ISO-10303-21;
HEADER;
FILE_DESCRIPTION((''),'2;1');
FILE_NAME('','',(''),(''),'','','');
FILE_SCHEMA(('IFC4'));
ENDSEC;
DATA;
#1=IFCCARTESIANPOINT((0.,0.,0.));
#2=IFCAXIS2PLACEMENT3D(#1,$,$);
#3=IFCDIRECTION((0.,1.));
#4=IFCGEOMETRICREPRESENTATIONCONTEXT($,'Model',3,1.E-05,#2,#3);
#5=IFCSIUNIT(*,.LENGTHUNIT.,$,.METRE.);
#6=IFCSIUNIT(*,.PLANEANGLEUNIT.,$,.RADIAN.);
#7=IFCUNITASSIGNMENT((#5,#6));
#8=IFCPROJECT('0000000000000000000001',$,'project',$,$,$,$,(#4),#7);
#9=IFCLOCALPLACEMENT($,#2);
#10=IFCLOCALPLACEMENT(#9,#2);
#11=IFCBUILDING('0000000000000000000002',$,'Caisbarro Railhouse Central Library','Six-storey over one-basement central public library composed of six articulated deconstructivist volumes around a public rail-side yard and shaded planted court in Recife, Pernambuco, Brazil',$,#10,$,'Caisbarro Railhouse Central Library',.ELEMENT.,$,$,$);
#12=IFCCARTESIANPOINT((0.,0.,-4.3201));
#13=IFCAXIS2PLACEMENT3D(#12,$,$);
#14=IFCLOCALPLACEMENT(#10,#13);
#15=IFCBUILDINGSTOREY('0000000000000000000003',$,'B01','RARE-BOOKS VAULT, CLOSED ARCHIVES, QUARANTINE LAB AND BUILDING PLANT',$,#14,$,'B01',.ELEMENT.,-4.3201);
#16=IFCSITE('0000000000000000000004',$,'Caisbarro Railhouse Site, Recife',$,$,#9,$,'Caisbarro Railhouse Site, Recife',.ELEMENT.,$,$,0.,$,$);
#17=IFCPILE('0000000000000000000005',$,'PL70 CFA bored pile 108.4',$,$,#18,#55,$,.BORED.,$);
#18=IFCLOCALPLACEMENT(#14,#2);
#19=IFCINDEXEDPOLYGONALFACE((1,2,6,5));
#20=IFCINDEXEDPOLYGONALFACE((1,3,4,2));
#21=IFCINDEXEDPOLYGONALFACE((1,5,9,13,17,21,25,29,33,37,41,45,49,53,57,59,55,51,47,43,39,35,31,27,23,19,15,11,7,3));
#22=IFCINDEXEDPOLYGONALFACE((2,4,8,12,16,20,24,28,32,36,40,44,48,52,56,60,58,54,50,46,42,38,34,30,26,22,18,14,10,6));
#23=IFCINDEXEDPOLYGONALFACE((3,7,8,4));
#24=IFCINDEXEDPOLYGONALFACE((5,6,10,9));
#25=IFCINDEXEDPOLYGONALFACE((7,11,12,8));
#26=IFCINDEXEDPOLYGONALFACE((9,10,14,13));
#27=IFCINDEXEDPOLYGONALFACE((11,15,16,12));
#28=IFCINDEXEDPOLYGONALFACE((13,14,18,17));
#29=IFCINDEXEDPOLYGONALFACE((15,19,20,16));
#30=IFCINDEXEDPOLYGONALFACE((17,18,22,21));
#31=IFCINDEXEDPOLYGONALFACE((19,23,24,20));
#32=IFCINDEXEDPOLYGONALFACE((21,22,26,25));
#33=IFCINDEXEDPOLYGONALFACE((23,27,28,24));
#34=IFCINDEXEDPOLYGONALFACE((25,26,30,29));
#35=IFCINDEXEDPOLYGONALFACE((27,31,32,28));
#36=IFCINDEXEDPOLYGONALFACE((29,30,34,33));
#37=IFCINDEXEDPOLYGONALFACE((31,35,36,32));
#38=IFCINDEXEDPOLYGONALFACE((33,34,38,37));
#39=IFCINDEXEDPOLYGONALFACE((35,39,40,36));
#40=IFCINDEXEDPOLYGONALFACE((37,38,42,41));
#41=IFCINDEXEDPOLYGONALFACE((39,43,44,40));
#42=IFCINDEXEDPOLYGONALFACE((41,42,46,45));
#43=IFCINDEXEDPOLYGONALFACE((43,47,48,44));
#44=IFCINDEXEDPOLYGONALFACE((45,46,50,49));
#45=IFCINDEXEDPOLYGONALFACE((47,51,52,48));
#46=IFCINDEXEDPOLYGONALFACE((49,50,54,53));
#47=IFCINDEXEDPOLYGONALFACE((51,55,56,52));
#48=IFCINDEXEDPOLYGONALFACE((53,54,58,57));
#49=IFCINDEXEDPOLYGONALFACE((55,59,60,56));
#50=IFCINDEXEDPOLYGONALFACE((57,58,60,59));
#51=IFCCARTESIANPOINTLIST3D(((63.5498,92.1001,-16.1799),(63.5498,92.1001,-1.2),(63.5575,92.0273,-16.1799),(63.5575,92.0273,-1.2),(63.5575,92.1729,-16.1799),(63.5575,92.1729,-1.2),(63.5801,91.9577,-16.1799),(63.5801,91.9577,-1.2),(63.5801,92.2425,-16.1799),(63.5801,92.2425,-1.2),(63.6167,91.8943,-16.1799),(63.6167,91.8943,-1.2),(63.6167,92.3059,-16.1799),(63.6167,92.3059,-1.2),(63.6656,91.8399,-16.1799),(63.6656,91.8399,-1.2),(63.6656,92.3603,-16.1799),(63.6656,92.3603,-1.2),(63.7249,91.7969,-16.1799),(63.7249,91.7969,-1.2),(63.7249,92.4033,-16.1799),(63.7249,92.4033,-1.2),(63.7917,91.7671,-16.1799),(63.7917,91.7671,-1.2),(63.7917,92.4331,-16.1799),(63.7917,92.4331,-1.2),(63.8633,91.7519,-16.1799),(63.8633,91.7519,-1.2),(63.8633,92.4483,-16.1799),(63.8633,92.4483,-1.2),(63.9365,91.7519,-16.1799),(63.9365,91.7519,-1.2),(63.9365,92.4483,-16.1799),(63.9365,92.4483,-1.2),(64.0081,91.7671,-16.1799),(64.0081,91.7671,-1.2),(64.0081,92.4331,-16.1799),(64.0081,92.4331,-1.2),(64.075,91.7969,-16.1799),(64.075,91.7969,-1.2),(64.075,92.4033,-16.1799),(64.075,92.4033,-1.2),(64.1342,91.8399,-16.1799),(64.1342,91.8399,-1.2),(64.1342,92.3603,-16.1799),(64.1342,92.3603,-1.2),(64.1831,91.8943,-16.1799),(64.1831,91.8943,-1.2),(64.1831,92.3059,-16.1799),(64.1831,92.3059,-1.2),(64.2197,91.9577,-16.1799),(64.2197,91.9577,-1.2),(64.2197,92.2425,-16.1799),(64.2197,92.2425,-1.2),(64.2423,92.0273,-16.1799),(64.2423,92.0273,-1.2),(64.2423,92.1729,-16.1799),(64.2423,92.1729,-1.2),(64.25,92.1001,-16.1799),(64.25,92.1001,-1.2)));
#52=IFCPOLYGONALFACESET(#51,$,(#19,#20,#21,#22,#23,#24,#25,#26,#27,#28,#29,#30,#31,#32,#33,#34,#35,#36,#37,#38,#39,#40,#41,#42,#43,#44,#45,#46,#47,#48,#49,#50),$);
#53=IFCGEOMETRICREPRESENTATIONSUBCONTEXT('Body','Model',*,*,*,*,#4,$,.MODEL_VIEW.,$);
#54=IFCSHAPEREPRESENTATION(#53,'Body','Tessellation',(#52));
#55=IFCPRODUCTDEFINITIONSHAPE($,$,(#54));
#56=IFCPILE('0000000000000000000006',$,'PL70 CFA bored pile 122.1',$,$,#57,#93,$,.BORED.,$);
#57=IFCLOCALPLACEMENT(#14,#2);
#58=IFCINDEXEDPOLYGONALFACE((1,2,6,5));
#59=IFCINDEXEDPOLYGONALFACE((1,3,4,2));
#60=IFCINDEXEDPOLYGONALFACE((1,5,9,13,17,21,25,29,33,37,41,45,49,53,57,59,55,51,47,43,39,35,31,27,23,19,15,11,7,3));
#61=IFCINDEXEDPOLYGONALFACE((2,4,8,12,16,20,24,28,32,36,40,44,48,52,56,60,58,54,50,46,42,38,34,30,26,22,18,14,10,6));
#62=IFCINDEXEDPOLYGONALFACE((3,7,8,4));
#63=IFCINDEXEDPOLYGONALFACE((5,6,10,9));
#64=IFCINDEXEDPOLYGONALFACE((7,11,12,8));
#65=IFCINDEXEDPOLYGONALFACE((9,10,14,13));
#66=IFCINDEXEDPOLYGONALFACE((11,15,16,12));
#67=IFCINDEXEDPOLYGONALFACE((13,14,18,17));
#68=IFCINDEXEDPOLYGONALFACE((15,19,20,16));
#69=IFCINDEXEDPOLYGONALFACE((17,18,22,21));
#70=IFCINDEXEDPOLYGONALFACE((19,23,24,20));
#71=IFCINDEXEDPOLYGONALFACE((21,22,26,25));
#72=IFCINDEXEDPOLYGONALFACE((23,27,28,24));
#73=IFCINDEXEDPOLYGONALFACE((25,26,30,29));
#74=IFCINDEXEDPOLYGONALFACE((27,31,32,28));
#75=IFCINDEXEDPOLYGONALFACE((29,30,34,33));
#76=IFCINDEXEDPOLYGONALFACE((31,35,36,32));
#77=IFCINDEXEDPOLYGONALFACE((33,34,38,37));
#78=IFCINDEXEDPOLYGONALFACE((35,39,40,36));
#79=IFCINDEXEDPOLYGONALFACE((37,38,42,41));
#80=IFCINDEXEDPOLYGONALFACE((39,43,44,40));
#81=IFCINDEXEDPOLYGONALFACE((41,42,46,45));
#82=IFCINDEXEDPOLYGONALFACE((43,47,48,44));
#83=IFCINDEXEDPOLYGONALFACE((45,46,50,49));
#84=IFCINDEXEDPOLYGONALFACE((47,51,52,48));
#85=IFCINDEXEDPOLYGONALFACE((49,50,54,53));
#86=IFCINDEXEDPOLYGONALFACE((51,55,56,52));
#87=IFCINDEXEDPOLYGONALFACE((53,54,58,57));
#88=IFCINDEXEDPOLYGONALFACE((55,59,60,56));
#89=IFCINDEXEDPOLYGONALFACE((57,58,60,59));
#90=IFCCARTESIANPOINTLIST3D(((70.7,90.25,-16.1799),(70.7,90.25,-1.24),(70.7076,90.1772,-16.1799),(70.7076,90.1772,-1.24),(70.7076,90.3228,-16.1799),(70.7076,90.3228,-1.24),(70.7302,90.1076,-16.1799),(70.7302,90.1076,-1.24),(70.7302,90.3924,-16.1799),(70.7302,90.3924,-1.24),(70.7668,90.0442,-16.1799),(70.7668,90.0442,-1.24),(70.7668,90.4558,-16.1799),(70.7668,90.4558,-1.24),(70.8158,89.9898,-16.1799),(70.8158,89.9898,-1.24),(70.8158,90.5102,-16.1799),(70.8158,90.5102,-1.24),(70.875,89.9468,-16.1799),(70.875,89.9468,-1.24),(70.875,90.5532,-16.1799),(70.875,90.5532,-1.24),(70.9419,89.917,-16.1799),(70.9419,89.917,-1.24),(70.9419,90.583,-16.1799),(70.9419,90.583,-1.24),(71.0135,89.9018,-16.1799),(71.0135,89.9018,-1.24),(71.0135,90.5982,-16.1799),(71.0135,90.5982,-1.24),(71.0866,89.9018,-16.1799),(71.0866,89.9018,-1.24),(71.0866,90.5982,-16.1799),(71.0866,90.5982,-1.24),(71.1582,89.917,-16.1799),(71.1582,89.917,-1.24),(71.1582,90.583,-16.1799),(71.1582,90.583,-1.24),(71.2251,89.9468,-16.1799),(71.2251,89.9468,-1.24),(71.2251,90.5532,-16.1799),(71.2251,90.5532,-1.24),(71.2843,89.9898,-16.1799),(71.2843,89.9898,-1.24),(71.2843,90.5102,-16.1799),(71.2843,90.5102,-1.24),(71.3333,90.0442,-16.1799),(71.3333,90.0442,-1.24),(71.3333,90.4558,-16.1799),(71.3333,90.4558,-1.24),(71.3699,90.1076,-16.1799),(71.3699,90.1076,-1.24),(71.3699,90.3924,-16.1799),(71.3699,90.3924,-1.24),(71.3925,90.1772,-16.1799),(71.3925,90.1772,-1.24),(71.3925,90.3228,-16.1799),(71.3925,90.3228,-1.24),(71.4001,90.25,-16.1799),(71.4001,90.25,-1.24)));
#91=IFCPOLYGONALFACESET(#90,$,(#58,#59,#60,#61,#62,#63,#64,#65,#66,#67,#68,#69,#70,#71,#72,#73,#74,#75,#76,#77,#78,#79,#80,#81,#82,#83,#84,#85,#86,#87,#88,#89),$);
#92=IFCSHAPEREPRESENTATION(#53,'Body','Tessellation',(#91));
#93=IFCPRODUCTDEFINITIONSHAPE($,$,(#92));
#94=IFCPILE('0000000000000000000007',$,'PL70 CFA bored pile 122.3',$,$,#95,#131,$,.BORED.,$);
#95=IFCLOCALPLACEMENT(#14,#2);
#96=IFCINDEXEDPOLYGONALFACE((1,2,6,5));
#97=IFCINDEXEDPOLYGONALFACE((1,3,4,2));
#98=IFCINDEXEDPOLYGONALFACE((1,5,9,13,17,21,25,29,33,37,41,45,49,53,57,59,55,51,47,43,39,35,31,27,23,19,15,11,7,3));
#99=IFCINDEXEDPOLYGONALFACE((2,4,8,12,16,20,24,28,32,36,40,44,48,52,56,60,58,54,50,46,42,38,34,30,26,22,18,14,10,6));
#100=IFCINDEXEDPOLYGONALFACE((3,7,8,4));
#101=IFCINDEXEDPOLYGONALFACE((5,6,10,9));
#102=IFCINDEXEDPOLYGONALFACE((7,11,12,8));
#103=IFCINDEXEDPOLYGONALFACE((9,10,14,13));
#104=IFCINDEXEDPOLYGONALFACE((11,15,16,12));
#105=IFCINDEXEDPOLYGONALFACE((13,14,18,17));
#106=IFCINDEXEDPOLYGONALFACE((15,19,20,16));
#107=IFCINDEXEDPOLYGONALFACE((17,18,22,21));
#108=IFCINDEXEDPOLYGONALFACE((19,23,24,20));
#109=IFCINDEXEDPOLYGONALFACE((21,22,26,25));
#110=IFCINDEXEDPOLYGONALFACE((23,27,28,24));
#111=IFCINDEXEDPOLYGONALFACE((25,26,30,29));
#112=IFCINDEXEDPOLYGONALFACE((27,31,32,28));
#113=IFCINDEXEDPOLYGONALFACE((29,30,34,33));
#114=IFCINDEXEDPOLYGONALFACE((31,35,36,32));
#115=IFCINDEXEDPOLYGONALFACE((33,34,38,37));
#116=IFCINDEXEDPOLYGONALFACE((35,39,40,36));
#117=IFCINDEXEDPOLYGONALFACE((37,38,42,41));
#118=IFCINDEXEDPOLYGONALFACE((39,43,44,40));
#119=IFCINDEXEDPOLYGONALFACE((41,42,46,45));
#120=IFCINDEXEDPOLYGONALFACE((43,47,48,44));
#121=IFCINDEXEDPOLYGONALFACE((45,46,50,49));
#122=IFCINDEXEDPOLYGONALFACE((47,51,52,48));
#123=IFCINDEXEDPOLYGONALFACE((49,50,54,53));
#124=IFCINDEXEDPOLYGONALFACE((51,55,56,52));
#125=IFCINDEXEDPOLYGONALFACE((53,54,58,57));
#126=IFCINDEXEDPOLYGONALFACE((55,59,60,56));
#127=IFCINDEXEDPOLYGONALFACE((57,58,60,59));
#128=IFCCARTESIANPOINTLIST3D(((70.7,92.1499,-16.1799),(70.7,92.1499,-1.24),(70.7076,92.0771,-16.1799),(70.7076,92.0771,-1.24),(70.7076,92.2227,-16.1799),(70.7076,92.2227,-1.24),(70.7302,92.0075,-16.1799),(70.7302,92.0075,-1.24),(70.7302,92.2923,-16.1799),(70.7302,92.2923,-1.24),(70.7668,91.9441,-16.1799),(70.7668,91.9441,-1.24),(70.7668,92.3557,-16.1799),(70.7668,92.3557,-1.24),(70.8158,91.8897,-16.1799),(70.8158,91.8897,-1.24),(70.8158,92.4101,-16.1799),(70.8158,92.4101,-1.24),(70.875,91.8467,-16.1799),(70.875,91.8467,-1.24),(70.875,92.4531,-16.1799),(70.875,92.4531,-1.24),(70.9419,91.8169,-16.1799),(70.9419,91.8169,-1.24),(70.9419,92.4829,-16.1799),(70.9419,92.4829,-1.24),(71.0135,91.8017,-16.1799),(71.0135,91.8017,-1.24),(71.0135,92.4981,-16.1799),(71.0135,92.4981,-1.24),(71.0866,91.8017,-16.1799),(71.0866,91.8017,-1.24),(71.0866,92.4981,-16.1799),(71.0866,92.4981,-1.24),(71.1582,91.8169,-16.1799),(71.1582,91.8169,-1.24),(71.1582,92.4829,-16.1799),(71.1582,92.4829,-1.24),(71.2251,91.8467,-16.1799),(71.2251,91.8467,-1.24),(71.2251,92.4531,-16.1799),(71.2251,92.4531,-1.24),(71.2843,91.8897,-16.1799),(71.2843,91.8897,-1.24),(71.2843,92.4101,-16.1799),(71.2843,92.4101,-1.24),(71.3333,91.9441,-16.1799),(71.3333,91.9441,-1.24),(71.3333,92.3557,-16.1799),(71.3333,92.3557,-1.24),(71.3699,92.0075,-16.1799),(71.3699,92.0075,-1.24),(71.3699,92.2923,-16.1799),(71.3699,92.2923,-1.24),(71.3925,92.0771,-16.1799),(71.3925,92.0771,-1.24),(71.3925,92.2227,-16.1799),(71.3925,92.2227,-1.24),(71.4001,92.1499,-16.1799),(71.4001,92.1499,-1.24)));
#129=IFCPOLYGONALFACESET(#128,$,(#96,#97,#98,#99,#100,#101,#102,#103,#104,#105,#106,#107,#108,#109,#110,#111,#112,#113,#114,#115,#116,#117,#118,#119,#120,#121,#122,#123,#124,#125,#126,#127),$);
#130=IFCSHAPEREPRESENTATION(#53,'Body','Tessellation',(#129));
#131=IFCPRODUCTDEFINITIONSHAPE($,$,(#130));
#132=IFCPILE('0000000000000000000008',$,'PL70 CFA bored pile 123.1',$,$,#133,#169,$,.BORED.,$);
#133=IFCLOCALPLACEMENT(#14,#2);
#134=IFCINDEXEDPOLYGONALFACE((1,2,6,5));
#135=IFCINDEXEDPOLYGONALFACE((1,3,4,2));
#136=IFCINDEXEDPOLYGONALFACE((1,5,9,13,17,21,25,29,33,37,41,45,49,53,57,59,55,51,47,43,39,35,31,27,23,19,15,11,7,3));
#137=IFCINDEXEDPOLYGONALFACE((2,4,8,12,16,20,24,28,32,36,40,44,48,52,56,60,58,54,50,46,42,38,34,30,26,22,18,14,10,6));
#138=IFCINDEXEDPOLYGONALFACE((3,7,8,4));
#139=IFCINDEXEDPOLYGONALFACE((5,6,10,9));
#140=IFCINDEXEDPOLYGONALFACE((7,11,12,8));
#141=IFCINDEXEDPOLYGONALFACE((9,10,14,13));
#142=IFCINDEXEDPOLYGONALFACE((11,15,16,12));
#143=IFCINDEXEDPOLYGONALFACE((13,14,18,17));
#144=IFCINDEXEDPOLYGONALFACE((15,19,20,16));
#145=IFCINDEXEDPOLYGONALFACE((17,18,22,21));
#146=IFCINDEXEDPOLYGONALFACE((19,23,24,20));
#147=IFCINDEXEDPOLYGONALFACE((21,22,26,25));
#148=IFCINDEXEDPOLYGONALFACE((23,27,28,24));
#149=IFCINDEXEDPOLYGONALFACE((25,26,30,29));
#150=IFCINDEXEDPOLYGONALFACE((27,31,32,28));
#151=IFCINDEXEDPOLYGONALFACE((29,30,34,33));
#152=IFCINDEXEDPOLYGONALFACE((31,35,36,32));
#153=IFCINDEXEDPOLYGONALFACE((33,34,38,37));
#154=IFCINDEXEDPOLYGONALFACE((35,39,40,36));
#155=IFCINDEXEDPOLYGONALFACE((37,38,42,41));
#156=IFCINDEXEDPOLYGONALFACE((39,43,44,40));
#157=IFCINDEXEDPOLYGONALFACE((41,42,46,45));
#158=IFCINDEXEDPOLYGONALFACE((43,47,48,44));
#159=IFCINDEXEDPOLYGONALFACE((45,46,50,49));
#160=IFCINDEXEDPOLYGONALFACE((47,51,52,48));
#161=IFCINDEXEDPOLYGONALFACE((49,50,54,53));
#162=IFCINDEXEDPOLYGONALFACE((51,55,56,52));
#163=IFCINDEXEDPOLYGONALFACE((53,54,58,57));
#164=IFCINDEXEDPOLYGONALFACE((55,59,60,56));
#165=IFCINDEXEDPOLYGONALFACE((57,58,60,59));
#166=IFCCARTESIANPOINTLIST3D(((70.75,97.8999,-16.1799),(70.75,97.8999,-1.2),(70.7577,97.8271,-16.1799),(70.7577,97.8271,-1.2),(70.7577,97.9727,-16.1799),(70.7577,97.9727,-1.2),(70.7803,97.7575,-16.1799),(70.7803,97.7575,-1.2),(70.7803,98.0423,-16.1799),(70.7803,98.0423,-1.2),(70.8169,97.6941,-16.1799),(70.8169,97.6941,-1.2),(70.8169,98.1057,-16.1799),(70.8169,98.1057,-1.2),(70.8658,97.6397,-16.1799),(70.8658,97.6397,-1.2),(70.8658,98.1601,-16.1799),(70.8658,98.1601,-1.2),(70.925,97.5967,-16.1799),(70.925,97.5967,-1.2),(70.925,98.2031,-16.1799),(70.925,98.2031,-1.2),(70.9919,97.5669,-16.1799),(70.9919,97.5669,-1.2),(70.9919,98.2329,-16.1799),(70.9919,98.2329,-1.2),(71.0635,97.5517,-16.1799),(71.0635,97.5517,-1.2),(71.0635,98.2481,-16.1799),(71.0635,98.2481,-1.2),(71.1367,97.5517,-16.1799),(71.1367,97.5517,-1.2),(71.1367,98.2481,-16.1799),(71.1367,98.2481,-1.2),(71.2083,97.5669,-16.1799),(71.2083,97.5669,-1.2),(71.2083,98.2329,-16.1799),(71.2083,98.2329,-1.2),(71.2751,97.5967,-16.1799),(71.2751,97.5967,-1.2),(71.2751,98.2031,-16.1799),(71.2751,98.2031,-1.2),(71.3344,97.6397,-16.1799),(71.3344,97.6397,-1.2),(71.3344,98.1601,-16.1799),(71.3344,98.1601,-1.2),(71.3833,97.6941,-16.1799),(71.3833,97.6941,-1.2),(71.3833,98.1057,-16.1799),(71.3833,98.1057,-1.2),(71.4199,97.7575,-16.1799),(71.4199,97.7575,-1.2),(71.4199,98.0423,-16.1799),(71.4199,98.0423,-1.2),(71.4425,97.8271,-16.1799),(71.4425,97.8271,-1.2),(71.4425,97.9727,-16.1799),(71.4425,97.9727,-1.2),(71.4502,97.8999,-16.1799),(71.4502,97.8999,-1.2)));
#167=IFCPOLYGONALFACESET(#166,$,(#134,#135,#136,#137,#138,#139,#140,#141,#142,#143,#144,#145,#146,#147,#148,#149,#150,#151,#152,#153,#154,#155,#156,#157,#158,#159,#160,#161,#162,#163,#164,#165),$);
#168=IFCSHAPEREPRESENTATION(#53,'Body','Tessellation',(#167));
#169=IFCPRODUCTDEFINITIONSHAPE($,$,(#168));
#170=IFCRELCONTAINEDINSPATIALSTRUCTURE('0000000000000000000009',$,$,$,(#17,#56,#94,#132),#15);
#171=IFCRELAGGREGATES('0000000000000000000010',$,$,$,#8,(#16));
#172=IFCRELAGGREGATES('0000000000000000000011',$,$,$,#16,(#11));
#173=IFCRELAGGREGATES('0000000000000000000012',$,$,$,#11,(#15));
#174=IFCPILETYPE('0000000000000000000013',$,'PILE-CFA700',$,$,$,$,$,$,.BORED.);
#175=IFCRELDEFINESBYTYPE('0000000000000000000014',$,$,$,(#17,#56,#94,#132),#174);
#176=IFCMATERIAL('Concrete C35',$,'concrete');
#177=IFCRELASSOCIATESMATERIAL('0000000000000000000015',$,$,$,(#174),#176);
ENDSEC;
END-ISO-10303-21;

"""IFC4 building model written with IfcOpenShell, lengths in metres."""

from ifc_helpers import new_model, si_unit, direction, frame, origin, origin_2d, place, context, subcontext, project, spatial, circle, extrude, material, material_profile, profile_set, type_object, element, save


model = new_model("IFC4")

# Units and contexts
model_context = context("Model", 3, precision=1e-05, world=origin(), true_north=direction((0.0, 1.0)))
body_context = subcontext(model_context, "Body", "Model", "MODEL_VIEW")
ifc_project = project(units=[si_unit("LENGTHUNIT", "METRE"), si_unit("PLANEANGLEUNIT", "RADIAN")], contexts=[model_context])

# Site, building, storey
site_placement = place(None, origin())
site = spatial("IfcSite", under=ifc_project, at=site_placement, Name="Caisbarro Railhouse Site, Recife", LongName="Caisbarro Railhouse Site, Recife", CompositionType="ELEMENT", RefElevation=0.0)
building_placement = place(site_placement, origin())
building = spatial("IfcBuilding", under=site, at=building_placement, Name="Caisbarro Railhouse Central Library", Description="Six-storey over one-basement central public library composed of six articulated deconstructivist volumes around a public rail-side yard and shaded planted court in Recife, Pernambuco, Brazil", LongName="Caisbarro Railhouse Central Library", CompositionType="ELEMENT")
storey_placement = place(building_placement, frame((0.0, 0.0, -4.3201)))
storey = spatial("IfcBuildingStorey", under=building, at=storey_placement, Name="B01", Description="RARE-BOOKS VAULT, CLOSED ARCHIVES, QUARANTINE LAB AND BUILDING PLANT", LongName="B01", CompositionType="ELEMENT", Elevation=-4.3201)

# Shared definitions
ifc_material_1 = material(Name="Concrete C35", Category="concrete")

# Piles
ifc_material_profile_1 = material_profile(ifc_material_1, circle(Radius=0.3501, at=origin_2d()), Name="PILE-CFA-700")
ifc_profile_set_1 = profile_set([ifc_material_profile_1], Name="Concrete C35")
pile_type_1 = type_object("IfcPileType", Name="PILE-CFA700", PredefinedType="BORED", material=ifc_profile_set_1)
for number, where, z_axis, x_axis, name in (
    (1, (63.8999, 92.1001, -1.2), (0.0, 0.0, -1.0), (1.0, 0.0, 0.0), "PL70 CFA bored pile 108.4"),
):
    element("IfcPile", number, at=place(storey_placement, frame(where, z_axis=z_axis, x_axis=x_axis)), inside=storey, type_object=pile_type_1, Name=name, PredefinedType="BORED", context=body_context, shape_type="SweptSolid", body=[
        extrude(circle(Radius=0.3501, at=origin_2d()), origin(), (0.0, 0.0, 1.0), 14.98),
    ])
for number, where, z_axis, x_axis, name in (
    (2, (71.05, 90.25, -1.24), (0.0, 0.0, -1.0), (1.0, 0.0, 0.0), "PL70 CFA bored pile 122.1"),
    (3, (71.05, 92.1499, -1.24), (0.0, 0.0, -1.0), (1.0, 0.0, 0.0), "PL70 CFA bored pile 122.3"),
):
    element("IfcPile", number, at=place(storey_placement, frame(where, z_axis=z_axis, x_axis=x_axis)), inside=storey, type_object=pile_type_1, Name=name, PredefinedType="BORED", context=body_context, shape_type="SweptSolid", body=[
        extrude(circle(Radius=0.3501, at=origin_2d()), origin(), (0.0, 0.0, 1.0), 14.9399),
    ])
pile_1_placement = place(storey_placement, frame((71.1001, 97.8999, -1.2), z_axis=(0.0, 0.0, -1.0), x_axis=(1.0, 0.0, 0.0)))
element("IfcPile", 4, at=pile_1_placement, inside=storey, type_object=pile_type_1, Name="PL70 CFA bored pile 123.1", PredefinedType="BORED", context=body_context, shape_type="SweptSolid", body=[
    extrude(circle(Radius=0.3501, at=origin_2d()), origin(), (0.0, 0.0, 1.0), 14.98),
])

save(model, "model.ifc")
